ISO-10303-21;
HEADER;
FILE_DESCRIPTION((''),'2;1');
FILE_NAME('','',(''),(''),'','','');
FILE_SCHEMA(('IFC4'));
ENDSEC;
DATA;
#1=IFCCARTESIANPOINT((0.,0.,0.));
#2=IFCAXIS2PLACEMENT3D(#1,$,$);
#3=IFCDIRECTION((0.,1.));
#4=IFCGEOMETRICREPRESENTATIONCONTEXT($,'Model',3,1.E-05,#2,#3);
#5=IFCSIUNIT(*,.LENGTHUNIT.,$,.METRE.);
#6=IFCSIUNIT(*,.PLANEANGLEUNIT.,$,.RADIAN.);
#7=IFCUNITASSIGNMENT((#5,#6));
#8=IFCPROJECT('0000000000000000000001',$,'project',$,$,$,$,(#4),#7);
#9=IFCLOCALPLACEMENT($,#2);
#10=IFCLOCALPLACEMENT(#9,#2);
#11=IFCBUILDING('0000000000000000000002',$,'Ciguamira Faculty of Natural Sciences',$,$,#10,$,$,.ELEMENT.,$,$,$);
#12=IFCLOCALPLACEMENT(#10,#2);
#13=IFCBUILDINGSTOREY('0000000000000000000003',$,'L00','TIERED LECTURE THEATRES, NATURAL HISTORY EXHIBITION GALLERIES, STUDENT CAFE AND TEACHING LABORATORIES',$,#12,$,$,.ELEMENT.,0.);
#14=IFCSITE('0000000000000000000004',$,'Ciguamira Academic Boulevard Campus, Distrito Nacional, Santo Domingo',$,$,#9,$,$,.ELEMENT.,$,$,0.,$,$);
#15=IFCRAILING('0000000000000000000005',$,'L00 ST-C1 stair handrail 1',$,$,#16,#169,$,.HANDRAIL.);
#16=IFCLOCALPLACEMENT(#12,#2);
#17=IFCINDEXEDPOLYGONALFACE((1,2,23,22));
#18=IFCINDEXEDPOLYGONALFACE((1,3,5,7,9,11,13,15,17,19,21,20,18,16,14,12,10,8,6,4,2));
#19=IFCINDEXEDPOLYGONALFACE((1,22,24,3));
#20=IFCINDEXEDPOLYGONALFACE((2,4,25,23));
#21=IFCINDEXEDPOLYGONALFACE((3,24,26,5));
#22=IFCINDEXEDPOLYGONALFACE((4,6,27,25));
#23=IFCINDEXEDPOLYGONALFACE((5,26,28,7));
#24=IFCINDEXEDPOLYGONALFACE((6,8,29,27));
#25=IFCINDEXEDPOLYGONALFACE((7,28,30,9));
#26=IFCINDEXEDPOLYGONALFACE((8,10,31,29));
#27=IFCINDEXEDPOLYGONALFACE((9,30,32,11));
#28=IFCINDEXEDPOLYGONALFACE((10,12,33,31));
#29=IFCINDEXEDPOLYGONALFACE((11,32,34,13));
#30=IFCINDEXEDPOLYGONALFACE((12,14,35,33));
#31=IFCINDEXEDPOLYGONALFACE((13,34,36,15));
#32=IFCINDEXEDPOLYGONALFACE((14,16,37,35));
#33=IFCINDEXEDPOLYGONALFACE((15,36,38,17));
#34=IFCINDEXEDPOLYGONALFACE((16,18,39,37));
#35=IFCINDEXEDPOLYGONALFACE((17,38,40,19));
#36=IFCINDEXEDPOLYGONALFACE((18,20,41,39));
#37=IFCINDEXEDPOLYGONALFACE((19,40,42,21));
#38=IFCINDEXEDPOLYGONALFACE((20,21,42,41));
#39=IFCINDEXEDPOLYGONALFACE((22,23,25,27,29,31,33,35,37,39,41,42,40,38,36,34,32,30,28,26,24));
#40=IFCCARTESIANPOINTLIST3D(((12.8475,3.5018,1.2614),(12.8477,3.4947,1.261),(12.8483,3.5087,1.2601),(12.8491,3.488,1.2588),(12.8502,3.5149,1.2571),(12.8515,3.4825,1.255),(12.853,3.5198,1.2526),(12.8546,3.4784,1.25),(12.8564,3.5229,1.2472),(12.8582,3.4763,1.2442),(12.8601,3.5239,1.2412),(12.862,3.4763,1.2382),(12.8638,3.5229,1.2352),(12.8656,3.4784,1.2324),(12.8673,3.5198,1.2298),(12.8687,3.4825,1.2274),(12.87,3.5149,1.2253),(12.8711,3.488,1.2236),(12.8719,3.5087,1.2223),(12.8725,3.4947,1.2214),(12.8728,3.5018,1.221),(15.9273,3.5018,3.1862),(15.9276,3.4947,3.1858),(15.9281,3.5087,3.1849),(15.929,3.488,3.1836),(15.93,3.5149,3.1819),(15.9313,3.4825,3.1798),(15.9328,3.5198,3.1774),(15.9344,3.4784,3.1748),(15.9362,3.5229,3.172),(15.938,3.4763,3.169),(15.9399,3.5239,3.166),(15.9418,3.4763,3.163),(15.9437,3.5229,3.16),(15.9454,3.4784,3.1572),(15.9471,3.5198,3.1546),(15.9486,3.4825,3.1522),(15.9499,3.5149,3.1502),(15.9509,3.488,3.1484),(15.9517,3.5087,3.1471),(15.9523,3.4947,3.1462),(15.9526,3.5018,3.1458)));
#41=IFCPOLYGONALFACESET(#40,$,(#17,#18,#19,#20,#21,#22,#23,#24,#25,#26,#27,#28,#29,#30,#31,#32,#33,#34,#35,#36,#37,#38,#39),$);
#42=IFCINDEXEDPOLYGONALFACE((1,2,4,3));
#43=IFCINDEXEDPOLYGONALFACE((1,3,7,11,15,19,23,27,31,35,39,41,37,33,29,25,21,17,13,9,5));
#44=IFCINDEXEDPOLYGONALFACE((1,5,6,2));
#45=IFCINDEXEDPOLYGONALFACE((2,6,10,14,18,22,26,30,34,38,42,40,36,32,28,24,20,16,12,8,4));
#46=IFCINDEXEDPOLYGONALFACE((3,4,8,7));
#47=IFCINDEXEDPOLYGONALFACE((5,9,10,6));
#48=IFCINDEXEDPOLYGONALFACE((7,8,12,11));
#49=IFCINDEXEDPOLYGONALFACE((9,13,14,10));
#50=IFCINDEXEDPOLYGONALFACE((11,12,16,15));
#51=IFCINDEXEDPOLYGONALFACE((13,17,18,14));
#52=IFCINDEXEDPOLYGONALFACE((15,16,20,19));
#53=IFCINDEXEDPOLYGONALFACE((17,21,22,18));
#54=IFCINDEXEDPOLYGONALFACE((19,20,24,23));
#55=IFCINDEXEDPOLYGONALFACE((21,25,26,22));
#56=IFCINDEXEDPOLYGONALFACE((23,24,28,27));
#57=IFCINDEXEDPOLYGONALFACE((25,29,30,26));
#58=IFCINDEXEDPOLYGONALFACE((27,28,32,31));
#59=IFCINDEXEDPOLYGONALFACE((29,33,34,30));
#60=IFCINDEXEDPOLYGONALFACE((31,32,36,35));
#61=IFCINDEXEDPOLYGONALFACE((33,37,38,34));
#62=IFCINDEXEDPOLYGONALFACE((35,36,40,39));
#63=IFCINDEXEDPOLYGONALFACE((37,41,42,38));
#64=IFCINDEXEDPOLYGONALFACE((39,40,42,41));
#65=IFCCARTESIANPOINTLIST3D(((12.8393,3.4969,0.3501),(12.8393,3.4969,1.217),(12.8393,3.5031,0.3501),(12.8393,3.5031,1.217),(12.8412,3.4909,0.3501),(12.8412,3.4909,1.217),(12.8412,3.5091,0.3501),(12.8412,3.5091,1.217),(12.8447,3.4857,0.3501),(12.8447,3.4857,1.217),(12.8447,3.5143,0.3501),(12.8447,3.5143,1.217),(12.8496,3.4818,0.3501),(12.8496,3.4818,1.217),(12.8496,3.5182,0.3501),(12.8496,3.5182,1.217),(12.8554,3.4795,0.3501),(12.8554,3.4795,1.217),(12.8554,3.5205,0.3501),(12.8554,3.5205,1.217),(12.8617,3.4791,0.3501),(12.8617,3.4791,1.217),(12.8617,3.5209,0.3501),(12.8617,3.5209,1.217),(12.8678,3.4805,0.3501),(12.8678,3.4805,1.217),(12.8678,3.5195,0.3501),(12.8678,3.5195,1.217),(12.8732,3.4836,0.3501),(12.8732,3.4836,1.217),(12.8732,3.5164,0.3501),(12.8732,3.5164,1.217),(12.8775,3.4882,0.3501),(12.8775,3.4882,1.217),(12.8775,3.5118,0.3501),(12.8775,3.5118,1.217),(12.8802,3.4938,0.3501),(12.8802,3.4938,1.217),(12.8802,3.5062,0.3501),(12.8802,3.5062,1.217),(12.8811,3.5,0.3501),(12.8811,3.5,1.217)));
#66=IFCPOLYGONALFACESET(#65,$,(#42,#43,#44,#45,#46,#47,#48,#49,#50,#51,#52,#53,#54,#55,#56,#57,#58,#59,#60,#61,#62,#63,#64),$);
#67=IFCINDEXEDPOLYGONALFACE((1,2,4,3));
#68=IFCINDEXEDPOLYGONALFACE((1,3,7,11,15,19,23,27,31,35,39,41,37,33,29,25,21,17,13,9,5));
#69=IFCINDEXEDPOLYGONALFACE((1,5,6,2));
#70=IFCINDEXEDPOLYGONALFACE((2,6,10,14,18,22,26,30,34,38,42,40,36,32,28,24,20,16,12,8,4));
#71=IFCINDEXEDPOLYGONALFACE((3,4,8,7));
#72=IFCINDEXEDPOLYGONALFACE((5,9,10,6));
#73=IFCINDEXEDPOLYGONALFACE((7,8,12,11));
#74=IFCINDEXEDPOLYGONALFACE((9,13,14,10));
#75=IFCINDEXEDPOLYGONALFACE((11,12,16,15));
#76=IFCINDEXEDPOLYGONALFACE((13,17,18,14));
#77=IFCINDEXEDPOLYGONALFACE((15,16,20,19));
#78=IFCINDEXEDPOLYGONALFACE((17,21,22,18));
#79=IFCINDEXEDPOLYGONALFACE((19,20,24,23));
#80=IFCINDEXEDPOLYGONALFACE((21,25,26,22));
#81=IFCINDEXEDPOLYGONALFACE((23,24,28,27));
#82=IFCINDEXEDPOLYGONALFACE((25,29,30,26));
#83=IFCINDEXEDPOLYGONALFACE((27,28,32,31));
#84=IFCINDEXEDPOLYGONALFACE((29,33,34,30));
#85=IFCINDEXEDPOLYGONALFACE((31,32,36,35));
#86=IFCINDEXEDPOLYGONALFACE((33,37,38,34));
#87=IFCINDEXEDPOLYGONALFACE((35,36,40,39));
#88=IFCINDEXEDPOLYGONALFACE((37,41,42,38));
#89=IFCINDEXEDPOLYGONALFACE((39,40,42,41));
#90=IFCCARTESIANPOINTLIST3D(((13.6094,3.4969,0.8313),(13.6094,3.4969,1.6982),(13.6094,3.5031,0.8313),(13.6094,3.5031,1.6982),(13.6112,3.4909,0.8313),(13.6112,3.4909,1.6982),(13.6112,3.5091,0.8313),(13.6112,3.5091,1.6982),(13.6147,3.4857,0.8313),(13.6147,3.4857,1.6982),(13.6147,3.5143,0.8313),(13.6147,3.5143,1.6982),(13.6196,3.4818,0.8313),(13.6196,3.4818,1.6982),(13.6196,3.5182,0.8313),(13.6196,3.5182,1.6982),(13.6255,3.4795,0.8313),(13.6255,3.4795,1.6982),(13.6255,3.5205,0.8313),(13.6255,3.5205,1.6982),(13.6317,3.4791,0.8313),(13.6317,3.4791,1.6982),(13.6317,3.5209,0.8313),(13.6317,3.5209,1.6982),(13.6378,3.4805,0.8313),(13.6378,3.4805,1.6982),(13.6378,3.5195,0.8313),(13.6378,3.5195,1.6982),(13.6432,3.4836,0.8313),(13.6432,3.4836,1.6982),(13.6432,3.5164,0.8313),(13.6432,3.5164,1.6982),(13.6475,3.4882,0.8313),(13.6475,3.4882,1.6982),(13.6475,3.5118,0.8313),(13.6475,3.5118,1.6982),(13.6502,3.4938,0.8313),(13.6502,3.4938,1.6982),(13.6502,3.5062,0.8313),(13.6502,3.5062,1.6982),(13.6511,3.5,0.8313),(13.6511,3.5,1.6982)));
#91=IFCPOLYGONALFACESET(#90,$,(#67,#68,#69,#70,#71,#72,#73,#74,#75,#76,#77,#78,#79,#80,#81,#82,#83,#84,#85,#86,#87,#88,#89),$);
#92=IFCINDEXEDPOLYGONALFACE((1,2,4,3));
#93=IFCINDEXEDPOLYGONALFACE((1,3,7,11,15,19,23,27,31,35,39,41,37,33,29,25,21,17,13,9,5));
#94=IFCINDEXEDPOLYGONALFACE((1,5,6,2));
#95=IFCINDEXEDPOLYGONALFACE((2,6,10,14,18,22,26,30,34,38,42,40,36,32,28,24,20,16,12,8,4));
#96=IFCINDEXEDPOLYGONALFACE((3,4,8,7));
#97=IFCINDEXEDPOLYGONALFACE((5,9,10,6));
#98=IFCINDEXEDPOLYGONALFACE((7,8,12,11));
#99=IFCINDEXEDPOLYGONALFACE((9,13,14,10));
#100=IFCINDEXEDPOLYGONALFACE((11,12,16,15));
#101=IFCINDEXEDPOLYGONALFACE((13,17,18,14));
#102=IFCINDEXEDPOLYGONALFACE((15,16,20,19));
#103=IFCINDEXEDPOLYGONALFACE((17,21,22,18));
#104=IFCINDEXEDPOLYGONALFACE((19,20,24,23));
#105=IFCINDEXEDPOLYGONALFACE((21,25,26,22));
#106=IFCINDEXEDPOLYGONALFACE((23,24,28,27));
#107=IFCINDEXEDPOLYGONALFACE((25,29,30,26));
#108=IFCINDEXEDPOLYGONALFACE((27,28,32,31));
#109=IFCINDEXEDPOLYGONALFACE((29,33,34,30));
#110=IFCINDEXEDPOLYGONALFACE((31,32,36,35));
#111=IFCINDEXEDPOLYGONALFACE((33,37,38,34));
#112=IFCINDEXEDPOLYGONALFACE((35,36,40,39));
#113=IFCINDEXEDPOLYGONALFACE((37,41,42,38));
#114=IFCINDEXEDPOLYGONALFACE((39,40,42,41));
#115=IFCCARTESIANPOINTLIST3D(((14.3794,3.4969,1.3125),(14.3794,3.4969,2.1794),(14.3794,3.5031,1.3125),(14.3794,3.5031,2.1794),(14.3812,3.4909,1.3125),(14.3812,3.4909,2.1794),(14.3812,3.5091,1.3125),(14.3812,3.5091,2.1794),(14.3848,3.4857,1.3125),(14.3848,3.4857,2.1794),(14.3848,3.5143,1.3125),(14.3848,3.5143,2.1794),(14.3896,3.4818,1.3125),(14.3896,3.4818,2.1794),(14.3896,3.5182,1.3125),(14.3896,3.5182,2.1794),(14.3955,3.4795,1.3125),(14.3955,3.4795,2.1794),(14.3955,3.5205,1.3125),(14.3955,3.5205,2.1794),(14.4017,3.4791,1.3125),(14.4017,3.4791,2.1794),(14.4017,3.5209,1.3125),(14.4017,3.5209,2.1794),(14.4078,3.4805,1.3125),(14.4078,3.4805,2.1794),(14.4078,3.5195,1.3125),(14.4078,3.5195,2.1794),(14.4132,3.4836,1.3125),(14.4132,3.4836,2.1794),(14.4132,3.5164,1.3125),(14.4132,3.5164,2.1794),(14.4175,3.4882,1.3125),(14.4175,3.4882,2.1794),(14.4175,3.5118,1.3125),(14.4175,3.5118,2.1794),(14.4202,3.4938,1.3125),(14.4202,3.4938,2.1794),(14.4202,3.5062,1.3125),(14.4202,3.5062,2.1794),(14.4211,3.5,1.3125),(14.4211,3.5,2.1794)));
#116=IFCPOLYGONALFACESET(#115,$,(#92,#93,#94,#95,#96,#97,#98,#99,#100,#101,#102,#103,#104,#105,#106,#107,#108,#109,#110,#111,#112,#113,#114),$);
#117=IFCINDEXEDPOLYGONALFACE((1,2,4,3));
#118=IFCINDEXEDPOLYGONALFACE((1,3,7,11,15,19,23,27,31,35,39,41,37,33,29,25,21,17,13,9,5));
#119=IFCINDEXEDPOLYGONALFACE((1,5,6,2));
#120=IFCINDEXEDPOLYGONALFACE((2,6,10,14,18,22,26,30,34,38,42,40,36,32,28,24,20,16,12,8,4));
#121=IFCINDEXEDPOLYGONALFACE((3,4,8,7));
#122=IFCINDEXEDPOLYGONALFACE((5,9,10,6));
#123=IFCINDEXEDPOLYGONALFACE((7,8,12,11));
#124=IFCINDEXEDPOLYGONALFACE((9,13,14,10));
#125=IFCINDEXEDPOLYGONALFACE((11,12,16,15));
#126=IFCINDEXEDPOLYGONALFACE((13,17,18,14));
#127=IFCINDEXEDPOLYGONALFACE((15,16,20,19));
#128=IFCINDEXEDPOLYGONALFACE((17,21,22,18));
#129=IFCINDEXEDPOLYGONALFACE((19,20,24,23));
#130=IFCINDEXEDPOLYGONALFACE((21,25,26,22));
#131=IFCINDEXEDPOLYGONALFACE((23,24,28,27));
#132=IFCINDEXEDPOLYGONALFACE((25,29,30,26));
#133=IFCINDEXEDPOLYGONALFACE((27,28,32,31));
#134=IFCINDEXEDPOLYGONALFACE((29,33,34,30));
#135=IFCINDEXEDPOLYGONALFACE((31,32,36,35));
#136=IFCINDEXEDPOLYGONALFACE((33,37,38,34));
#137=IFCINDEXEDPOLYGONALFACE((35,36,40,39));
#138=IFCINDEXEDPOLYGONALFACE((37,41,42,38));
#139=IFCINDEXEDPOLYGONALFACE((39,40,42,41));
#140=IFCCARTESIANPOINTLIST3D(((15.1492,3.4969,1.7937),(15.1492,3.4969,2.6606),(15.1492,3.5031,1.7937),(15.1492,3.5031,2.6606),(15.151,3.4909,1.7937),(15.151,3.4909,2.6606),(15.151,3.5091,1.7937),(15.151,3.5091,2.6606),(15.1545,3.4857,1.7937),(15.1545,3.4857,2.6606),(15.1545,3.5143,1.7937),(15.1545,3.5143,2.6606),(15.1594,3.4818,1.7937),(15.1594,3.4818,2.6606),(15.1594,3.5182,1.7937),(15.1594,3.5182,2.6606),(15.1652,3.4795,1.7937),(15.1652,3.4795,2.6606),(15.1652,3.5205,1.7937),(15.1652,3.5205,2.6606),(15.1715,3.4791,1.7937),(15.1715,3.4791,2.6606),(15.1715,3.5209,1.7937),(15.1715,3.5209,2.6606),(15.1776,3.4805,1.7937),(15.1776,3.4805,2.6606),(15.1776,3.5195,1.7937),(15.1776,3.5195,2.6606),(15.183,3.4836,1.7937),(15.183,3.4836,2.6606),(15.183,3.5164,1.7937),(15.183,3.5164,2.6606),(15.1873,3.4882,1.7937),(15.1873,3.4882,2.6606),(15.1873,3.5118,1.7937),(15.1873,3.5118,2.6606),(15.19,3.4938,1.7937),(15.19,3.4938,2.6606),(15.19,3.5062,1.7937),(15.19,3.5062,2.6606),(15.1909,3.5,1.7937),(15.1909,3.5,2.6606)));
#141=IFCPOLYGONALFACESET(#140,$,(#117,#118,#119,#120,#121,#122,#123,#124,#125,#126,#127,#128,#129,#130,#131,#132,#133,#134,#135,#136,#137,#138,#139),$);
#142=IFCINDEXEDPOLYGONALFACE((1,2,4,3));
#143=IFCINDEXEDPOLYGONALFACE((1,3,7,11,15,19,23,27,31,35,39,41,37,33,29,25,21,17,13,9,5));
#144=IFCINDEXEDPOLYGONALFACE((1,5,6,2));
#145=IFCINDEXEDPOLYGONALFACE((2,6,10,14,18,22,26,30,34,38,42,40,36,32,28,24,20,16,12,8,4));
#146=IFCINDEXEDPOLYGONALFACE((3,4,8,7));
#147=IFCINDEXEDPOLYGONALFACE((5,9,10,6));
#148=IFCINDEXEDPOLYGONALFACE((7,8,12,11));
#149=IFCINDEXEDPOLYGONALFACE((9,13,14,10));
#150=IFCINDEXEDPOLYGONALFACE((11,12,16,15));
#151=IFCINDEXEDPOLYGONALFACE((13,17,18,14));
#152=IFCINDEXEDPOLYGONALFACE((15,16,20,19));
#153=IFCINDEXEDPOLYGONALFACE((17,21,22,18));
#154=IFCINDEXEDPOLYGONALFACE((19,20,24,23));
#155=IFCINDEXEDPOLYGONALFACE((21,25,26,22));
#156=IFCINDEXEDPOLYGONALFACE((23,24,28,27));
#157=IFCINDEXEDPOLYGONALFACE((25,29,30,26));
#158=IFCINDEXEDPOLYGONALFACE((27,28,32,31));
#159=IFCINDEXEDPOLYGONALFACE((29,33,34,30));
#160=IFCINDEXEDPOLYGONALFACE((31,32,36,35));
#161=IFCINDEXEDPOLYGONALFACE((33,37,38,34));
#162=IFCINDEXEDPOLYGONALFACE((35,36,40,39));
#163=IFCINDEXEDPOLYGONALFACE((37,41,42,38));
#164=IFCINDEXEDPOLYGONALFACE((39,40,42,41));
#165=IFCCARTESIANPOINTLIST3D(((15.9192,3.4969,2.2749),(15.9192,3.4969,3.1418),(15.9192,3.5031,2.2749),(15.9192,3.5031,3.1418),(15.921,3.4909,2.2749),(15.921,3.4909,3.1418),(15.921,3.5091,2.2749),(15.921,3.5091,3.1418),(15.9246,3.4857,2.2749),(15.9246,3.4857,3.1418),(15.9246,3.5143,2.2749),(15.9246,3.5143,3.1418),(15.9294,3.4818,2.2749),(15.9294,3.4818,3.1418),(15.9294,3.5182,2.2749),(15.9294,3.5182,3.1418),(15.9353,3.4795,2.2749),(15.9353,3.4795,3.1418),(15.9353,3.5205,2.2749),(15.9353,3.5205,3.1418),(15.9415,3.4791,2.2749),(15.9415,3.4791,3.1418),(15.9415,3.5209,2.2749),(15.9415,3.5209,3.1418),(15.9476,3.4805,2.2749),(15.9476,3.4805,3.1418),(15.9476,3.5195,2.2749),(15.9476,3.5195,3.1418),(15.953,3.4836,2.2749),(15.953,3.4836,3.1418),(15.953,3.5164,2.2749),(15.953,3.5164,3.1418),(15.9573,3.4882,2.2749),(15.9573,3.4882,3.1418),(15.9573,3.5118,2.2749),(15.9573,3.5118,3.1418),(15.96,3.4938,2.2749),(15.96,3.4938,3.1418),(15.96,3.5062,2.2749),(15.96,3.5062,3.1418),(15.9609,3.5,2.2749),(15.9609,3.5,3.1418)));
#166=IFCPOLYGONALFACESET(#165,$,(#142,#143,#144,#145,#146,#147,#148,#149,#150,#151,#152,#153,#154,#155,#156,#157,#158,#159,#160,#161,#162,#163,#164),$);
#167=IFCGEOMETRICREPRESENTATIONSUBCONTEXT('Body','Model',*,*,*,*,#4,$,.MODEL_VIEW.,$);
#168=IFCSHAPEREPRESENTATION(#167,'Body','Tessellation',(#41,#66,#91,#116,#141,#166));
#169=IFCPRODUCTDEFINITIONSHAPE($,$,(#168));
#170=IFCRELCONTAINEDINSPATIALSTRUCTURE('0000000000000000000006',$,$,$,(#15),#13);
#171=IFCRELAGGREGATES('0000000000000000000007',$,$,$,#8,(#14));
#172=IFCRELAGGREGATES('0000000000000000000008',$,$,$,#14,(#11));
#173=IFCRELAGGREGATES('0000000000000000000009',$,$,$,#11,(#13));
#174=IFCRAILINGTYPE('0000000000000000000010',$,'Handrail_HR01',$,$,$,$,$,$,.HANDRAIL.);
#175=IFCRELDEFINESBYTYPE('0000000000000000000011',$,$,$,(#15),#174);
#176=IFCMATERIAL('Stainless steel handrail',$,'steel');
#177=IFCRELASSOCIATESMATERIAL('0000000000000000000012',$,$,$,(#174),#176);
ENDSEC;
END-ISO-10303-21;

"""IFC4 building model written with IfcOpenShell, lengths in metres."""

from ifc_helpers import new_model, si_unit, direction, frame, origin, origin_2d, place, context, subcontext, project, spatial, circle, extrude, material, type_object, element, save


model = new_model("IFC4")

# Units and contexts
model_context = context("Model", 3, precision=1e-05, world=origin(), true_north=direction((0.0, 1.0)))
body_context = subcontext(model_context, "Body", "Model", "MODEL_VIEW")
ifc_project = project(units=[si_unit("LENGTHUNIT", "METRE"), si_unit("PLANEANGLEUNIT", "RADIAN")], contexts=[model_context])

# Site, building, storey
site_placement = place(None, origin())
site = spatial("IfcSite", under=ifc_project, at=site_placement, Name="Ciguamira Academic Boulevard Campus, Distrito Nacional, Santo Domingo", CompositionType="ELEMENT", RefElevation=0.0)
building_placement = place(site_placement, origin())
building = spatial("IfcBuilding", under=site, at=building_placement, Name="Ciguamira Faculty of Natural Sciences", CompositionType="ELEMENT")
storey_placement = place(building_placement, origin())
storey = spatial("IfcBuildingStorey", under=building, at=storey_placement, Name="L00", Description="TIERED LECTURE THEATRES, NATURAL HISTORY EXHIBITION GALLERIES, STUDENT CAFE AND TEACHING LABORATORIES", CompositionType="ELEMENT", Elevation=0.0)

# Railing
ifc_material_1 = material(Name="Stainless steel handrail", Category="steel")
railing_type_1 = type_object("IfcRailingType", Name="Handrail_HR01", PredefinedType="HANDRAIL", material=ifc_material_1)
railing_1_placement = place(storey_placement, frame((12.8601, 3.5, 0.3501)))
element("IfcRailing", 1, at=railing_1_placement, inside=storey, type_object=railing_type_1, Name="L00 ST-C1 stair handrail 1", PredefinedType="HANDRAIL", context=body_context, shape_type="SweptSolid", body=[
    extrude(circle(Radius=0.0239, at=origin_2d()), frame((0.0, 0.0, 0.8911), z_axis=(0.84801, 0.0, 0.529981), x_axis=(0.0, 1.0, 0.0)), (0.0, 0.0, 1.0), 3.6318),
    extrude(circle(Radius=0.021, at=origin_2d()), origin(), (0.0, 0.0, 1.0), 0.8669),
    extrude(circle(Radius=0.021, at=origin_2d()), frame((0.77, 0.0, 0.4812)), (0.0, 0.0, 1.0), 0.8669),
    extrude(circle(Radius=0.021, at=origin_2d()), frame((1.54, 0.0, 0.9624)), (0.0, 0.0, 1.0), 0.8669),
    extrude(circle(Radius=0.021, at=origin_2d()), frame((2.3098, 0.0, 1.4436)), (0.0, 0.0, 1.0), 0.8669),
    extrude(circle(Radius=0.021, at=origin_2d()), frame((3.0798, 0.0, 1.9248)), (0.0, 0.0, 1.0), 0.8669),
])

save(model, "model.ifc")
